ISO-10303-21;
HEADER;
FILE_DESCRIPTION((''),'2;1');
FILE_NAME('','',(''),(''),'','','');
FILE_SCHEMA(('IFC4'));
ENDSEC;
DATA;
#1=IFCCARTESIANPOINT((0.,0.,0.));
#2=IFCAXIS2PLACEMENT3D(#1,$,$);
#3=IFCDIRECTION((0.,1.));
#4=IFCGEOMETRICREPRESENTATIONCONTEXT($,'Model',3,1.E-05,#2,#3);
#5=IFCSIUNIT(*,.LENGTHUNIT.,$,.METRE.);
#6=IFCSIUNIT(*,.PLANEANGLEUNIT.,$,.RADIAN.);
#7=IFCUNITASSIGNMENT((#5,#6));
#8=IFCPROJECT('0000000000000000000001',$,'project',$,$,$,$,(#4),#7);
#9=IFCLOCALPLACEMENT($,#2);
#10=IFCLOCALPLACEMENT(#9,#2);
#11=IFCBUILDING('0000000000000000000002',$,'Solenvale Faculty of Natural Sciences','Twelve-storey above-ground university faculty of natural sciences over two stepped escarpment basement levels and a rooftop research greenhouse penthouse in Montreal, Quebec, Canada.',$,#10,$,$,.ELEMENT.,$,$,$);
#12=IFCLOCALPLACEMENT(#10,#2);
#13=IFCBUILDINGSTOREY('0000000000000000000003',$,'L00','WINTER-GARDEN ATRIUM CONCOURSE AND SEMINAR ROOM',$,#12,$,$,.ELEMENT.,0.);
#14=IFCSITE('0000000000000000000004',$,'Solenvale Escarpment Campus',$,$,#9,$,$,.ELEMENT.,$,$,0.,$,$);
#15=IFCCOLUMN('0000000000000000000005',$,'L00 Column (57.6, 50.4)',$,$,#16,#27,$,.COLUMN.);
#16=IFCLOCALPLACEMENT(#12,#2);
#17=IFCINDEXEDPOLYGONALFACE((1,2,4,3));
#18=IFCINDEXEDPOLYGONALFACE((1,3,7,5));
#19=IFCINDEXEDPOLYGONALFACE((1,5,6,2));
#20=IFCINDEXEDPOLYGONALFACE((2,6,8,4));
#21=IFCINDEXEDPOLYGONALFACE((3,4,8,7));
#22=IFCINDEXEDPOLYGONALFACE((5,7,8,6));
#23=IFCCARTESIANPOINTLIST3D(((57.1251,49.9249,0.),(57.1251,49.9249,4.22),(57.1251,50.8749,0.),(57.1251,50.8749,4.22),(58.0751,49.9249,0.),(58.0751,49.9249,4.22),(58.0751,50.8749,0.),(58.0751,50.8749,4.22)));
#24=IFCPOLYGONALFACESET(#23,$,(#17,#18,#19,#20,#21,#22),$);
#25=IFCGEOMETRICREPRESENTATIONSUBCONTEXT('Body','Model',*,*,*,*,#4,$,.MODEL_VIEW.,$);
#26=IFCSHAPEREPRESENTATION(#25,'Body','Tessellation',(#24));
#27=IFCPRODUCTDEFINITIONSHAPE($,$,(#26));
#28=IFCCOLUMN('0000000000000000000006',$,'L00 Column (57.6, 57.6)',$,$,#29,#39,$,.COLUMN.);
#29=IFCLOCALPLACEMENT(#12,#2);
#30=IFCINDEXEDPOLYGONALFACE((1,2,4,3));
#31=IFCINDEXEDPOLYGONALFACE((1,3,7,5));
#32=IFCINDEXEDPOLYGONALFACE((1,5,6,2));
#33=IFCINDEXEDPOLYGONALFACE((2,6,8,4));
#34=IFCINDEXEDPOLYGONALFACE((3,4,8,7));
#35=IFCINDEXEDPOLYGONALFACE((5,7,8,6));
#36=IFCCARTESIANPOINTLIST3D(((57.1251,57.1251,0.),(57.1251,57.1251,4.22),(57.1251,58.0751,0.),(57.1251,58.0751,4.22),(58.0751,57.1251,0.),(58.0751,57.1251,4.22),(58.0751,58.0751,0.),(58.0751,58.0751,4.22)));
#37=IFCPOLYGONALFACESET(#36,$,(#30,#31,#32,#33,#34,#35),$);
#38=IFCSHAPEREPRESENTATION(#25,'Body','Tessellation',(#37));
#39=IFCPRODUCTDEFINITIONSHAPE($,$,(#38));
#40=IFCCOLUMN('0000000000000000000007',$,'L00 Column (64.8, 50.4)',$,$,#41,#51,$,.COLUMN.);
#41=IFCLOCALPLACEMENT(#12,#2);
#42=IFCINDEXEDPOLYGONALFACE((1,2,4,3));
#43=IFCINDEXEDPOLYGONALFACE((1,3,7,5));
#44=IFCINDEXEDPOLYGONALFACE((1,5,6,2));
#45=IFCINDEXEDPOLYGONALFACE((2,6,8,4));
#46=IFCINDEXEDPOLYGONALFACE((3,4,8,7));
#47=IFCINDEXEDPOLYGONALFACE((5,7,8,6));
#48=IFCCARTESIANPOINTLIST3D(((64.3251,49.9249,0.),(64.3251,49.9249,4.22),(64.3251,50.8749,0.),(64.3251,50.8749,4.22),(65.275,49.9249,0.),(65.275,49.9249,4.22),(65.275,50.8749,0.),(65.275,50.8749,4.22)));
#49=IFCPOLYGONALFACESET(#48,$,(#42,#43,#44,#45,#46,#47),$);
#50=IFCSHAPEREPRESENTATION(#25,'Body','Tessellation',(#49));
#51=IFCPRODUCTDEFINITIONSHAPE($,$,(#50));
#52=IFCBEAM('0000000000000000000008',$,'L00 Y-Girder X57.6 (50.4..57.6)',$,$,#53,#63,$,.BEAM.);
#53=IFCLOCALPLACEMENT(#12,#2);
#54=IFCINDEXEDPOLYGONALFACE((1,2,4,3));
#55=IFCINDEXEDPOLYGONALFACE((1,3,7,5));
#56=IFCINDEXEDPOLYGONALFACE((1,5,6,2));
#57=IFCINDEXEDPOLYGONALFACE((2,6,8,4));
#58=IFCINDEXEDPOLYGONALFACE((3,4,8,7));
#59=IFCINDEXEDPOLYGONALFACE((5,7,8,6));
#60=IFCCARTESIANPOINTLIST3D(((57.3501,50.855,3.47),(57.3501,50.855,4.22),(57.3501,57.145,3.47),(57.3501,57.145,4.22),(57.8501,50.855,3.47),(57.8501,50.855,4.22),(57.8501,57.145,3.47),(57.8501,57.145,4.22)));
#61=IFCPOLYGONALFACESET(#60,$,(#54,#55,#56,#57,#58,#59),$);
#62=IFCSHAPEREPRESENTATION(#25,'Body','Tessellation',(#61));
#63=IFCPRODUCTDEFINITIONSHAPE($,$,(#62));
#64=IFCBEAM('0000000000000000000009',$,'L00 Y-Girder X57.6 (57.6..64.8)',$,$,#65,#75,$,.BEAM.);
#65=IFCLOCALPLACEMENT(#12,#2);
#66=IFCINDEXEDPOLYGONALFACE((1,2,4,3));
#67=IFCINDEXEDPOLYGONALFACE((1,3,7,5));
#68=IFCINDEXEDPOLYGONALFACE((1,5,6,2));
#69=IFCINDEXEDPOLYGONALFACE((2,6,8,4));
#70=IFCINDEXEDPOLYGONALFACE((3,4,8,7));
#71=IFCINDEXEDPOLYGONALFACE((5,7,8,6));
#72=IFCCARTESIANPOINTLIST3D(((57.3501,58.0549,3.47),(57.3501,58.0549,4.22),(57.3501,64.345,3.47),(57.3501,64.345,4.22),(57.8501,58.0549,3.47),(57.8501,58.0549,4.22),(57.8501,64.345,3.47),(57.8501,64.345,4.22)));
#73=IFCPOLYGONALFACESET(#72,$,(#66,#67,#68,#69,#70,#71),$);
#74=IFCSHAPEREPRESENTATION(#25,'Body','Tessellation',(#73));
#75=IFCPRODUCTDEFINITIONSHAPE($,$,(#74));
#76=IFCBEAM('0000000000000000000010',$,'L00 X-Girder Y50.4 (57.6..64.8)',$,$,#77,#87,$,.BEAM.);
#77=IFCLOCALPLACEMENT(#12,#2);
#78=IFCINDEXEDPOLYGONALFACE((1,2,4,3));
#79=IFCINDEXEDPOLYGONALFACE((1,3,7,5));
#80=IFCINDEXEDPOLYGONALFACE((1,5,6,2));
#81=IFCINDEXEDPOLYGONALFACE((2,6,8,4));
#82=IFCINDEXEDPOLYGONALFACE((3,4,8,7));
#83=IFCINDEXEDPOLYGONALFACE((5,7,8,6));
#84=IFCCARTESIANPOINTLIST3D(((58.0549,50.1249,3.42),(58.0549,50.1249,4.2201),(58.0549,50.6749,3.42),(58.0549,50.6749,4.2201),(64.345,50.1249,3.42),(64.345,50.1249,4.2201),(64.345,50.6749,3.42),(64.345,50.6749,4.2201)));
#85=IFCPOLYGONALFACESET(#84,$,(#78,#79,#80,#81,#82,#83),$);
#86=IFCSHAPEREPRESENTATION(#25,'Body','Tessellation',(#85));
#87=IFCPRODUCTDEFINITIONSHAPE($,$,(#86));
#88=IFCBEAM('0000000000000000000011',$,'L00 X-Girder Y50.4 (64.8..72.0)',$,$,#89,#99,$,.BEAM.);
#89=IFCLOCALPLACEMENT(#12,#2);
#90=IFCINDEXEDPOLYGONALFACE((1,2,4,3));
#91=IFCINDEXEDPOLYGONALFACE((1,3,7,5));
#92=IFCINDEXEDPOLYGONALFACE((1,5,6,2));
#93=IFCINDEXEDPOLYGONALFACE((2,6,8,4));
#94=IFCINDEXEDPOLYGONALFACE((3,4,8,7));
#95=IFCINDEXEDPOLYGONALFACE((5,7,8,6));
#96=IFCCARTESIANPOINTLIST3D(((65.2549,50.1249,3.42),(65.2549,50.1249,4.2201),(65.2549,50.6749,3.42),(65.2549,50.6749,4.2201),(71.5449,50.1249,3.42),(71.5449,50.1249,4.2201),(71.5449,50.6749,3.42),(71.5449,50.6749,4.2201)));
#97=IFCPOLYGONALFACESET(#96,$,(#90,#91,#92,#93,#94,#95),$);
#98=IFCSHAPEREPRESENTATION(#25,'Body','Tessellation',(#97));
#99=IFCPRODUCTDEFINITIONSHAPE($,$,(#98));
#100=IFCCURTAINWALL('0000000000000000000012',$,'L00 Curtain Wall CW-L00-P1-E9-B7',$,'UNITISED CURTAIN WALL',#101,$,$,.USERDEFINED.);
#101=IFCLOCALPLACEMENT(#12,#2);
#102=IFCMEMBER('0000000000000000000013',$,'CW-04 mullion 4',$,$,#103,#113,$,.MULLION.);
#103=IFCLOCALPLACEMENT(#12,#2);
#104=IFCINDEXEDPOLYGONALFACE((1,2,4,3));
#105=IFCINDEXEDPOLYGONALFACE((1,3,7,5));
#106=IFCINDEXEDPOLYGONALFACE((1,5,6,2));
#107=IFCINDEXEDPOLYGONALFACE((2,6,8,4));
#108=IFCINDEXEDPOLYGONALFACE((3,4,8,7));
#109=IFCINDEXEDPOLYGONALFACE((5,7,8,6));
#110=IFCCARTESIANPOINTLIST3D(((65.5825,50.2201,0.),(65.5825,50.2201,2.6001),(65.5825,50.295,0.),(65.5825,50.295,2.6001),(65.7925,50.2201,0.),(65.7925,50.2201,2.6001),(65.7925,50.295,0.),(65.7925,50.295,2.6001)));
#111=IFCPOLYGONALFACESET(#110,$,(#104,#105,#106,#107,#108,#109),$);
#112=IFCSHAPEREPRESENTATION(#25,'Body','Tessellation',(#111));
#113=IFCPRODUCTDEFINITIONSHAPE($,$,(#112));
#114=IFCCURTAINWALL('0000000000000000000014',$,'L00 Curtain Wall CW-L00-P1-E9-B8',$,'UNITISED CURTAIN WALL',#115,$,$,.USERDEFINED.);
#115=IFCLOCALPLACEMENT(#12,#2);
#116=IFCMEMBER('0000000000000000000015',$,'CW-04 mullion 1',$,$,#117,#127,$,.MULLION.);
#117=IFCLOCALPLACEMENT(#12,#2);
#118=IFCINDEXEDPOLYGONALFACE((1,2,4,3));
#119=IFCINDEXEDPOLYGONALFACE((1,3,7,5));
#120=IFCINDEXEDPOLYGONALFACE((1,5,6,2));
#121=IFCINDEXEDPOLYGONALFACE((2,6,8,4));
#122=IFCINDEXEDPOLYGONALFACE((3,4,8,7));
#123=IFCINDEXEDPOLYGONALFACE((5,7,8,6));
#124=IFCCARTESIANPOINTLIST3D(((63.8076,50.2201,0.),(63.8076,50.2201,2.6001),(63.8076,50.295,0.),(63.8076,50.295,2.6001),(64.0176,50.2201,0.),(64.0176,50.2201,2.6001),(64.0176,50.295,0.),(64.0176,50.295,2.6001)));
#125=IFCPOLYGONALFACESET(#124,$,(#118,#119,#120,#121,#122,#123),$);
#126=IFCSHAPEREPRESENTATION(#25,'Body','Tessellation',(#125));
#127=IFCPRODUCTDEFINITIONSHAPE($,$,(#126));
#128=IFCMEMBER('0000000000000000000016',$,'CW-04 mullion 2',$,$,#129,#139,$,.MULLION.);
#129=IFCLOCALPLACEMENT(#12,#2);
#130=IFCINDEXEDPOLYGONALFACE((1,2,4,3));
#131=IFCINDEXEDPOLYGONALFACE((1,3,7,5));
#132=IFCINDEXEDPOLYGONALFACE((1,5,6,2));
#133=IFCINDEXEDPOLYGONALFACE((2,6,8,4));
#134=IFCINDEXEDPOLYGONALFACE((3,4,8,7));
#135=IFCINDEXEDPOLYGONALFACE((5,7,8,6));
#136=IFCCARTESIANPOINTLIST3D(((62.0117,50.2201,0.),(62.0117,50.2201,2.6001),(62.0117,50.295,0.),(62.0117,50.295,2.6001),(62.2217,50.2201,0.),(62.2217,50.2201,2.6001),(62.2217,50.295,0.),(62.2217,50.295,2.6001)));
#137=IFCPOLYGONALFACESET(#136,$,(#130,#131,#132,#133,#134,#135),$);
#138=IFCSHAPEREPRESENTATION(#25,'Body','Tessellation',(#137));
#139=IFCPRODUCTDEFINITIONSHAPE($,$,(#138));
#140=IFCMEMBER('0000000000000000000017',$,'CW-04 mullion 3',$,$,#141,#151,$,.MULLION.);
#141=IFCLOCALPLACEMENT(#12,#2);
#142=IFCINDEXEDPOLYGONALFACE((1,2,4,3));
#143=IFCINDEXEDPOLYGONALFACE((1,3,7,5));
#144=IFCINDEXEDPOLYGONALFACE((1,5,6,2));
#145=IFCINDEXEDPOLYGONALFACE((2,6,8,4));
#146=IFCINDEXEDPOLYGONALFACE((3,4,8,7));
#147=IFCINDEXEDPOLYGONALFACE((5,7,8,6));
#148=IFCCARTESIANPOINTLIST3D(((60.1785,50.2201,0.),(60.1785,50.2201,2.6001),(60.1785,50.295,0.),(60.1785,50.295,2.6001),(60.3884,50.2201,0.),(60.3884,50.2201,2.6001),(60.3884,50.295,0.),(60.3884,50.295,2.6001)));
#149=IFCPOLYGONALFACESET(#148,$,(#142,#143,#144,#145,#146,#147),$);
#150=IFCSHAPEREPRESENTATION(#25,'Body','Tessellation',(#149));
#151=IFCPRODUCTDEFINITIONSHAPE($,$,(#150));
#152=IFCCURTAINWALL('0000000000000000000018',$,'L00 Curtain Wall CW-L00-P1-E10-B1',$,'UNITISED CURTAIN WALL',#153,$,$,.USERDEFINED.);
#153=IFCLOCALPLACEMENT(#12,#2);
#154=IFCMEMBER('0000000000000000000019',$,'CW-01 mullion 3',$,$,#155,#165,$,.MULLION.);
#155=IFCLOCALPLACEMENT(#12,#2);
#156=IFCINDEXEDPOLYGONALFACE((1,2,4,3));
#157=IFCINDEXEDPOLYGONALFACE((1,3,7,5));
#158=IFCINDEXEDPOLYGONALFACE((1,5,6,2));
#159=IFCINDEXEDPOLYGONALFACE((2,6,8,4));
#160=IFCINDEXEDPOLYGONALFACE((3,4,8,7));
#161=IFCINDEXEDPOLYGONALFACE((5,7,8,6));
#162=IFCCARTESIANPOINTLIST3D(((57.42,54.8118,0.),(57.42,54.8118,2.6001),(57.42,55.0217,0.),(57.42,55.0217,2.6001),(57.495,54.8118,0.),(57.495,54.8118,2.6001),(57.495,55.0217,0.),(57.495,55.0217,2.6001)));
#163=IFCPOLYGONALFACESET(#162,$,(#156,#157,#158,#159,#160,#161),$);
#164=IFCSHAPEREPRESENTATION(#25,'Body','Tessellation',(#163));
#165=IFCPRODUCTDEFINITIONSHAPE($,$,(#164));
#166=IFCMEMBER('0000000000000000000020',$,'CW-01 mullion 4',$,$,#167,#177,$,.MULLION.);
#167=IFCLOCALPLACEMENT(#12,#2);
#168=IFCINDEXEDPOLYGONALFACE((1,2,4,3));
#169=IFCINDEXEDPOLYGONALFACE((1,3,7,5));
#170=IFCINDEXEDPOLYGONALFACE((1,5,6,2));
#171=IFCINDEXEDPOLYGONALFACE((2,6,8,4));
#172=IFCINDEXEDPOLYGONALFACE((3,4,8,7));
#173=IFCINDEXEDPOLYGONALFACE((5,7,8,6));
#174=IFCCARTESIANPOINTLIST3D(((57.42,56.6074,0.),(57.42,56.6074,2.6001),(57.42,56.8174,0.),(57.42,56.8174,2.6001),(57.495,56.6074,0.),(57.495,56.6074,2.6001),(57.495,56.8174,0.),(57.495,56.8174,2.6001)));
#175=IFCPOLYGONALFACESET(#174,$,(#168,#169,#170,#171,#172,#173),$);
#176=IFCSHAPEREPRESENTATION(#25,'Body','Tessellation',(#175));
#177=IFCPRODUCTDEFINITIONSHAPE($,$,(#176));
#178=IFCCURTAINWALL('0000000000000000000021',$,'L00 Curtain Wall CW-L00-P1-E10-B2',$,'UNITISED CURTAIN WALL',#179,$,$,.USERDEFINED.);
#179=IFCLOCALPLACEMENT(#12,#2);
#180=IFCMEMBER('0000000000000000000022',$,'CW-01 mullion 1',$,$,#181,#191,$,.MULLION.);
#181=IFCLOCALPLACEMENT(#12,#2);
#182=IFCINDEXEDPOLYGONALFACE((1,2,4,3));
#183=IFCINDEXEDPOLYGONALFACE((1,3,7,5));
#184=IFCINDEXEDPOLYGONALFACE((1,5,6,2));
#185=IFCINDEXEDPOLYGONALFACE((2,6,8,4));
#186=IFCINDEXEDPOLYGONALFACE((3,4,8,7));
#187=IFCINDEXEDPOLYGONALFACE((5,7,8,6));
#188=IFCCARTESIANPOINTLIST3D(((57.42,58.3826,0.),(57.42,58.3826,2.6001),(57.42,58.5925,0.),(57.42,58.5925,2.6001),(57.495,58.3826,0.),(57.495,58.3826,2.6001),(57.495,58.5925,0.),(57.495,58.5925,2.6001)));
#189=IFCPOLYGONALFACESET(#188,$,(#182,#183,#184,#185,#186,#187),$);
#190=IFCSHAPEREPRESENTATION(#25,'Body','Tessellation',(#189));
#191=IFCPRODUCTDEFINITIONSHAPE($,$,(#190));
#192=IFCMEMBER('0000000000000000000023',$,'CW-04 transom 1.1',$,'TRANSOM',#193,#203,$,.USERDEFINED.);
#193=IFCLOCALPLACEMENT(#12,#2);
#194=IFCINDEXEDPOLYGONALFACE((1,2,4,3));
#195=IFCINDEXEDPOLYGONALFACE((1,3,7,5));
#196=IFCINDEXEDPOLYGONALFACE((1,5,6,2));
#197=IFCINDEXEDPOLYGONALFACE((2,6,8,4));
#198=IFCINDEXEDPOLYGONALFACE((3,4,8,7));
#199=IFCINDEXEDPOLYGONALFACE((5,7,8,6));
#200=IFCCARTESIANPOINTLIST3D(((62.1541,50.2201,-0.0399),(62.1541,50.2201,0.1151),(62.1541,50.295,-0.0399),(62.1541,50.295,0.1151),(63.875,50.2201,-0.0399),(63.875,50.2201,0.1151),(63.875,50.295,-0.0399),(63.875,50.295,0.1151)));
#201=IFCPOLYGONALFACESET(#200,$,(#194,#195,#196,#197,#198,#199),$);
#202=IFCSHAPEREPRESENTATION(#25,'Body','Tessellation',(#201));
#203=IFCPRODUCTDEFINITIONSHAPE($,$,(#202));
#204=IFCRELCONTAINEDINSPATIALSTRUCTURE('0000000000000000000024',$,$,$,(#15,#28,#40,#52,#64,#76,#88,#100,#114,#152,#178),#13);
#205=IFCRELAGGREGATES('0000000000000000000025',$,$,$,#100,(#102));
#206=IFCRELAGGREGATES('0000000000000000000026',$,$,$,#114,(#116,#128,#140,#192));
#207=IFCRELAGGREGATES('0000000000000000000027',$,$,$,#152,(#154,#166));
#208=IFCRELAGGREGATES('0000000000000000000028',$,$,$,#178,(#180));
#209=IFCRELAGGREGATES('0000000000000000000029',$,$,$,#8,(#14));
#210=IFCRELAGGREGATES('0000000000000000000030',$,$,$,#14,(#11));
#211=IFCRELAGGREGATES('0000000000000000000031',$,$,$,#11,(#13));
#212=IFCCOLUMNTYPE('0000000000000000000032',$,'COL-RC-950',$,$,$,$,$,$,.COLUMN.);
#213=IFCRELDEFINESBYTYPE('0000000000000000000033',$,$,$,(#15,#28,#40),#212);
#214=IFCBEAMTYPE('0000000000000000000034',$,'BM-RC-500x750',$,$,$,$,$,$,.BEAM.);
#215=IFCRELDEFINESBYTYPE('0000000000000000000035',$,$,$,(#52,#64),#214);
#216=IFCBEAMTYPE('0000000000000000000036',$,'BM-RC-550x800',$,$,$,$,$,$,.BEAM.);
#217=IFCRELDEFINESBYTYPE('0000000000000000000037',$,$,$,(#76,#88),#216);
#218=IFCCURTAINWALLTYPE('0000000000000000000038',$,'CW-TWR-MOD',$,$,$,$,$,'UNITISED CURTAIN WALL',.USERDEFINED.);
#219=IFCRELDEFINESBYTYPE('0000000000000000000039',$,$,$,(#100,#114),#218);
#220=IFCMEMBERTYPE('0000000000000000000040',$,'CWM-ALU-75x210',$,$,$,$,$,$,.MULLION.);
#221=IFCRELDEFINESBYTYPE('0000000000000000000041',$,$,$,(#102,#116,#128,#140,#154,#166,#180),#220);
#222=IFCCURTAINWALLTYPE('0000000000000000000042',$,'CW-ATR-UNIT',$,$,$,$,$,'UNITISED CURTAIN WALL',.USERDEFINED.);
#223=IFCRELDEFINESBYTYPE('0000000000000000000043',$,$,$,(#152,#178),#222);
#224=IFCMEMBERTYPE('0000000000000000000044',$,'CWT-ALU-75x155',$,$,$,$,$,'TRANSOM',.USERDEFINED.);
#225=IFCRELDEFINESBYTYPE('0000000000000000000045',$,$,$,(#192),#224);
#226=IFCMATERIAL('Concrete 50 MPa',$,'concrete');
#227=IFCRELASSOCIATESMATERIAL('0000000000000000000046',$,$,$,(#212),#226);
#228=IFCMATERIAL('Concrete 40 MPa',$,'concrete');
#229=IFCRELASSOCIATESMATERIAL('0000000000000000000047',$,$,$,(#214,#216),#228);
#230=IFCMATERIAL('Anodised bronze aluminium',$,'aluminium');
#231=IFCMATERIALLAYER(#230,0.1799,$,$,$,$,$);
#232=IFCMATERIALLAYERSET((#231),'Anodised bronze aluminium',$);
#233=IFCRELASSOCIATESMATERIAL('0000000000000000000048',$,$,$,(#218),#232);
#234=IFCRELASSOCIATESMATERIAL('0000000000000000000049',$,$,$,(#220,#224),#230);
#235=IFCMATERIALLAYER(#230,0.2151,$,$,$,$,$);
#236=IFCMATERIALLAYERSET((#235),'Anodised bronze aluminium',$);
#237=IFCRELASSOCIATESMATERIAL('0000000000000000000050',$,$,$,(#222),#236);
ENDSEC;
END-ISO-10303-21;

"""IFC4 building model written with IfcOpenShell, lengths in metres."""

from ifc_helpers import new_model, si_unit, direction, frame, origin, origin_2d, place, context, subcontext, project, spatial, rectangle, extrude, material, layer, layer_set, material_profile, profile_set, type_object, element, aggregate, save


model = new_model("IFC4")

# Units and contexts
model_context = context("Model", 3, precision=1e-05, world=origin(), true_north=direction((0.0, 1.0)))
body_context = subcontext(model_context, "Body", "Model", "MODEL_VIEW")
ifc_project = project(units=[si_unit("LENGTHUNIT", "METRE"), si_unit("PLANEANGLEUNIT", "RADIAN")], contexts=[model_context])

# Site, building, storey
site_placement = place(None, origin())
site = spatial("IfcSite", under=ifc_project, at=site_placement, Name="Solenvale Escarpment Campus", CompositionType="ELEMENT", RefElevation=0.0)
building_placement = place(site_placement, origin())
building = spatial("IfcBuilding", under=site, at=building_placement, Name="Solenvale Faculty of Natural Sciences", Description="Twelve-storey above-ground university faculty of natural sciences over two stepped escarpment basement levels and a rooftop research greenhouse penthouse in Montreal, Quebec, Canada.", CompositionType="ELEMENT")
storey_placement = place(building_placement, origin())
storey = spatial("IfcBuildingStorey", under=building, at=storey_placement, Name="L00", Description="WINTER-GARDEN ATRIUM CONCOURSE AND SEMINAR ROOM", CompositionType="ELEMENT", Elevation=0.0)

# Columns
ifc_material_1 = material(Name="Concrete 50 MPa", Category="concrete")
ifc_material_profile_1 = material_profile(ifc_material_1, rectangle(XDim=0.95, YDim=0.95, at=origin_2d()), Name="RC-COL-950x950")
ifc_profile_set_1 = profile_set([ifc_material_profile_1], Name="Concrete 50 MPa")
column_type = type_object("IfcColumnType", Name="COL-RC-950", PredefinedType="COLUMN", material=ifc_profile_set_1)
for number, where, z_axis, x_axis, name in (
    (1, (57.6001, 50.3999, 0.0), (0.0, 0.0, 1.0), (1.0, 0.0, 0.0), "L00 Column (57.6, 50.4)"),
    (2, (57.6001, 57.6001, 0.0), (0.0, 0.0, 1.0), (1.0, 0.0, 0.0), "L00 Column (57.6, 57.6)"),
    (3, (64.8, 50.3999, 0.0), (0.0, 0.0, 1.0), (1.0, 0.0, 0.0), "L00 Column (64.8, 50.4)"),
):
    element("IfcColumn", number, at=place(storey_placement, frame(where, z_axis=z_axis, x_axis=x_axis)), inside=storey, type_object=column_type, Name=name, PredefinedType="COLUMN", context=body_context, shape_type="SweptSolid", body=[
        extrude(rectangle(XDim=0.95, YDim=0.95, at=origin_2d()), origin(), (0.0, 0.0, 1.0), 4.22),
    ])

# Beams
ifc_material_2 = material(Name="Concrete 40 MPa", Category="concrete")
ifc_material_profile_2 = material_profile(ifc_material_2, rectangle(XDim=0.5, YDim=0.75, at=origin_2d()), Name="RC-BM-500x750")
ifc_profile_set_2 = profile_set([ifc_material_profile_2], Name="Concrete 40 MPa")
beam_type_1 = type_object("IfcBeamType", Name="BM-RC-500x750", PredefinedType="BEAM", material=ifc_profile_set_2)
for number, where, z_axis, x_axis, name in (
    (4, (57.6001, 50.855, 3.845), (0.0, 1.0, 0.0), (-1.0, 0.0, 0.0), "L00 Y-Girder X57.6 (50.4..57.6)"),
    (5, (57.6001, 58.0549, 3.845), (0.0, 1.0, 0.0), (-1.0, 0.0, 0.0), "L00 Y-Girder X57.6 (57.6..64.8)"),
):
    element("IfcBeam", number, at=place(storey_placement, frame(where, z_axis=z_axis, x_axis=x_axis)), inside=storey, type_object=beam_type_1, Name=name, PredefinedType="BEAM", context=body_context, shape_type="SweptSolid", body=[
        extrude(rectangle(XDim=0.5, YDim=0.75, at=origin_2d()), origin(), (0.0, 0.0, 1.0), 6.29),
    ])
ifc_material_profile_3 = material_profile(ifc_material_2, rectangle(XDim=0.55, YDim=0.8, at=origin_2d()), Name="RC-BM-550x800")
ifc_profile_set_3 = profile_set([ifc_material_profile_3], Name="Concrete 40 MPa")
beam_type_2 = type_object("IfcBeamType", Name="BM-RC-550x800", PredefinedType="BEAM", material=ifc_profile_set_3)
for number, where, z_axis, x_axis, name in (
    (6, (58.0549, 50.3999, 3.8201), (1.0, 0.0, 0.0), (0.0, 1.0, 0.0), "L00 X-Girder Y50.4 (57.6..64.8)"),
    (7, (65.2549, 50.3999, 3.8201), (1.0, 0.0, 0.0), (0.0, 1.0, 0.0), "L00 X-Girder Y50.4 (64.8..72.0)"),
):
    element("IfcBeam", number, at=place(storey_placement, frame(where, z_axis=z_axis, x_axis=x_axis)), inside=storey, type_object=beam_type_2, Name=name, PredefinedType="BEAM", context=body_context, shape_type="SweptSolid", body=[
        extrude(rectangle(XDim=0.55, YDim=0.8, at=origin_2d()), origin(), (0.0, 0.0, 1.0), 6.29),
    ])

# Curtain wall, member
ifc_material_3 = material(Name="Anodised bronze aluminium", Category="aluminium")
ifc_layer_1 = layer(ifc_material_3, 0.1799)
ifc_layer_set_1 = layer_set([ifc_layer_1], Name="Anodised bronze aluminium")
curtain_wall_type_1 = type_object("IfcCurtainWallType", Name="CW-TWR-MOD", ElementType="UNITISED CURTAIN WALL", PredefinedType="USERDEFINED", material=ifc_layer_set_1)
curtain_wall_1_placement = place(storey_placement, origin())
curtain_wall_1 = element("IfcCurtainWall", 8, at=curtain_wall_1_placement, inside=storey, type_object=curtain_wall_type_1, Name="L00 Curtain Wall CW-L00-P1-E9-B7", ObjectType="UNITISED CURTAIN WALL", PredefinedType="USERDEFINED")
ifc_material_profile_4 = material_profile(ifc_material_3, rectangle(XDim=0.075, YDim=0.21, at=origin_2d()), Name="ALU-MUL-75x210")
ifc_profile_set_4 = profile_set([ifc_material_profile_4], Name="Anodised bronze aluminium")
member_type_1 = type_object("IfcMemberType", Name="CWM-ALU-75x210", PredefinedType="MULLION", material=ifc_profile_set_4)
member_1_placement = place(storey_placement, frame((65.6875, 50.2576, 0.0), z_axis=(0.0, 0.0, 1.0), x_axis=(0.0, -1.0, 0.0)))
member_1 = element("IfcMember", 9, at=member_1_placement, type_object=member_type_1, Name="CW-04 mullion 4", PredefinedType="MULLION", context=body_context, shape_type="SweptSolid", body=[
    extrude(rectangle(XDim=0.075, YDim=0.21, at=origin_2d()), origin(), (0.0, 0.0, 1.0), 2.6001),
])

# Curtain walls, members
curtain_wall_2_placement = place(storey_placement, origin())
curtain_wall_2 = element("IfcCurtainWall", 10, at=curtain_wall_2_placement, inside=storey, type_object=curtain_wall_type_1, Name="L00 Curtain Wall CW-L00-P1-E9-B8", ObjectType="UNITISED CURTAIN WALL", PredefinedType="USERDEFINED")
member_2_placement = place(storey_placement, frame((63.9126, 50.2576, 0.0), z_axis=(0.0, 0.0, 1.0), x_axis=(0.0, -1.0, 0.0)))
member_2 = element("IfcMember", 11, at=member_2_placement, type_object=member_type_1, Name="CW-04 mullion 1", PredefinedType="MULLION", context=body_context, shape_type="SweptSolid", body=[
    extrude(rectangle(XDim=0.075, YDim=0.21, at=origin_2d()), origin(), (0.0, 0.0, 1.0), 2.6001),
])
member_3_placement = place(storey_placement, frame((62.1167, 50.2576, 0.0), z_axis=(0.0, 0.0, 1.0), x_axis=(0.0, -1.0, 0.0)))
member_3 = element("IfcMember", 12, at=member_3_placement, type_object=member_type_1, Name="CW-04 mullion 2", PredefinedType="MULLION", context=body_context, shape_type="SweptSolid", body=[
    extrude(rectangle(XDim=0.075, YDim=0.21, at=origin_2d()), origin(), (0.0, 0.0, 1.0), 2.6001),
])
member_4_placement = place(storey_placement, frame((60.2834, 50.2576, 0.0), z_axis=(0.0, 0.0, 1.0), x_axis=(0.0, -1.0, 0.0)))
member_4 = element("IfcMember", 13, at=member_4_placement, type_object=member_type_1, Name="CW-04 mullion 3", PredefinedType="MULLION", context=body_context, shape_type="SweptSolid", body=[
    extrude(rectangle(XDim=0.075, YDim=0.21, at=origin_2d()), origin(), (0.0, 0.0, 1.0), 2.6001),
])
ifc_layer_2 = layer(ifc_material_3, 0.2151)
ifc_layer_set_2 = layer_set([ifc_layer_2], Name="Anodised bronze aluminium")
curtain_wall_type_2 = type_object("IfcCurtainWallType", Name="CW-ATR-UNIT", ElementType="UNITISED CURTAIN WALL", PredefinedType="USERDEFINED", material=ifc_layer_set_2)
curtain_wall_3_placement = place(storey_placement, origin())
curtain_wall_3 = element("IfcCurtainWall", 14, at=curtain_wall_3_placement, inside=storey, type_object=curtain_wall_type_2, Name="L00 Curtain Wall CW-L00-P1-E10-B1", ObjectType="UNITISED CURTAIN WALL", PredefinedType="USERDEFINED")
member_5_placement = place(storey_placement, frame((57.4575, 54.9167, 0.0), z_axis=(0.0, 0.0, 1.0), x_axis=(-1.0, 0.0, 0.0)))
member_5 = element("IfcMember", 15, at=member_5_placement, type_object=member_type_1, Name="CW-01 mullion 3", PredefinedType="MULLION", context=body_context, shape_type="SweptSolid", body=[
    extrude(rectangle(XDim=0.075, YDim=0.21, at=origin_2d()), origin(), (0.0, 0.0, 1.0), 2.6001),
])
member_6_placement = place(storey_placement, frame((57.4575, 56.7124, 0.0), z_axis=(0.0, 0.0, 1.0), x_axis=(-1.0, 0.0, 0.0)))
member_6 = element("IfcMember", 16, at=member_6_placement, type_object=member_type_1, Name="CW-01 mullion 4", PredefinedType="MULLION", context=body_context, shape_type="SweptSolid", body=[
    extrude(rectangle(XDim=0.075, YDim=0.21, at=origin_2d()), origin(), (0.0, 0.0, 1.0), 2.6001),
])

# Curtain wall, member
curtain_wall_4_placement = place(storey_placement, origin())
curtain_wall_4 = element("IfcCurtainWall", 17, at=curtain_wall_4_placement, inside=storey, type_object=curtain_wall_type_2, Name="L00 Curtain Wall CW-L00-P1-E10-B2", ObjectType="UNITISED CURTAIN WALL", PredefinedType="USERDEFINED")
member_7_placement = place(storey_placement, frame((57.4575, 58.4875, 0.0), z_axis=(0.0, 0.0, 1.0), x_axis=(-1.0, 0.0, 0.0)))
member_7 = element("IfcMember", 18, at=member_7_placement, type_object=member_type_1, Name="CW-01 mullion 1", PredefinedType="MULLION", context=body_context, shape_type="SweptSolid", body=[
    extrude(rectangle(XDim=0.075, YDim=0.21, at=origin_2d()), origin(), (0.0, 0.0, 1.0), 2.6001),
])

# Member
ifc_material_profile_5 = material_profile(ifc_material_3, rectangle(XDim=0.075, YDim=0.155, at=origin_2d()), Name="ALU-TRN-75x155")
ifc_profile_set_5 = profile_set([ifc_material_profile_5], Name="Anodised bronze aluminium")
member_type_2 = type_object("IfcMemberType", Name="CWT-ALU-75x155", ElementType="TRANSOM", PredefinedType="USERDEFINED", material=ifc_profile_set_5)
member_8_placement = place(storey_placement, frame((63.875, 50.2576, 0.0376), z_axis=(-1.0, 0.0, 0.0), x_axis=(0.0, -1.0, 0.0)))
member_8 = element("IfcMember", 19, at=member_8_placement, type_object=member_type_2, Name="CW-04 transom 1.1", ObjectType="TRANSOM", PredefinedType="USERDEFINED", context=body_context, shape_type="SweptSolid", body=[
    extrude(rectangle(XDim=0.075, YDim=0.155, at=origin_2d()), origin(), (0.0, 0.0, 1.0), 1.7209),
])

aggregate(curtain_wall_1, [member_1])
aggregate(curtain_wall_2, [member_2, member_3, member_4, member_8])
aggregate(curtain_wall_3, [member_5, member_6])
aggregate(curtain_wall_4, [member_7])

save(model, "model.ifc")
